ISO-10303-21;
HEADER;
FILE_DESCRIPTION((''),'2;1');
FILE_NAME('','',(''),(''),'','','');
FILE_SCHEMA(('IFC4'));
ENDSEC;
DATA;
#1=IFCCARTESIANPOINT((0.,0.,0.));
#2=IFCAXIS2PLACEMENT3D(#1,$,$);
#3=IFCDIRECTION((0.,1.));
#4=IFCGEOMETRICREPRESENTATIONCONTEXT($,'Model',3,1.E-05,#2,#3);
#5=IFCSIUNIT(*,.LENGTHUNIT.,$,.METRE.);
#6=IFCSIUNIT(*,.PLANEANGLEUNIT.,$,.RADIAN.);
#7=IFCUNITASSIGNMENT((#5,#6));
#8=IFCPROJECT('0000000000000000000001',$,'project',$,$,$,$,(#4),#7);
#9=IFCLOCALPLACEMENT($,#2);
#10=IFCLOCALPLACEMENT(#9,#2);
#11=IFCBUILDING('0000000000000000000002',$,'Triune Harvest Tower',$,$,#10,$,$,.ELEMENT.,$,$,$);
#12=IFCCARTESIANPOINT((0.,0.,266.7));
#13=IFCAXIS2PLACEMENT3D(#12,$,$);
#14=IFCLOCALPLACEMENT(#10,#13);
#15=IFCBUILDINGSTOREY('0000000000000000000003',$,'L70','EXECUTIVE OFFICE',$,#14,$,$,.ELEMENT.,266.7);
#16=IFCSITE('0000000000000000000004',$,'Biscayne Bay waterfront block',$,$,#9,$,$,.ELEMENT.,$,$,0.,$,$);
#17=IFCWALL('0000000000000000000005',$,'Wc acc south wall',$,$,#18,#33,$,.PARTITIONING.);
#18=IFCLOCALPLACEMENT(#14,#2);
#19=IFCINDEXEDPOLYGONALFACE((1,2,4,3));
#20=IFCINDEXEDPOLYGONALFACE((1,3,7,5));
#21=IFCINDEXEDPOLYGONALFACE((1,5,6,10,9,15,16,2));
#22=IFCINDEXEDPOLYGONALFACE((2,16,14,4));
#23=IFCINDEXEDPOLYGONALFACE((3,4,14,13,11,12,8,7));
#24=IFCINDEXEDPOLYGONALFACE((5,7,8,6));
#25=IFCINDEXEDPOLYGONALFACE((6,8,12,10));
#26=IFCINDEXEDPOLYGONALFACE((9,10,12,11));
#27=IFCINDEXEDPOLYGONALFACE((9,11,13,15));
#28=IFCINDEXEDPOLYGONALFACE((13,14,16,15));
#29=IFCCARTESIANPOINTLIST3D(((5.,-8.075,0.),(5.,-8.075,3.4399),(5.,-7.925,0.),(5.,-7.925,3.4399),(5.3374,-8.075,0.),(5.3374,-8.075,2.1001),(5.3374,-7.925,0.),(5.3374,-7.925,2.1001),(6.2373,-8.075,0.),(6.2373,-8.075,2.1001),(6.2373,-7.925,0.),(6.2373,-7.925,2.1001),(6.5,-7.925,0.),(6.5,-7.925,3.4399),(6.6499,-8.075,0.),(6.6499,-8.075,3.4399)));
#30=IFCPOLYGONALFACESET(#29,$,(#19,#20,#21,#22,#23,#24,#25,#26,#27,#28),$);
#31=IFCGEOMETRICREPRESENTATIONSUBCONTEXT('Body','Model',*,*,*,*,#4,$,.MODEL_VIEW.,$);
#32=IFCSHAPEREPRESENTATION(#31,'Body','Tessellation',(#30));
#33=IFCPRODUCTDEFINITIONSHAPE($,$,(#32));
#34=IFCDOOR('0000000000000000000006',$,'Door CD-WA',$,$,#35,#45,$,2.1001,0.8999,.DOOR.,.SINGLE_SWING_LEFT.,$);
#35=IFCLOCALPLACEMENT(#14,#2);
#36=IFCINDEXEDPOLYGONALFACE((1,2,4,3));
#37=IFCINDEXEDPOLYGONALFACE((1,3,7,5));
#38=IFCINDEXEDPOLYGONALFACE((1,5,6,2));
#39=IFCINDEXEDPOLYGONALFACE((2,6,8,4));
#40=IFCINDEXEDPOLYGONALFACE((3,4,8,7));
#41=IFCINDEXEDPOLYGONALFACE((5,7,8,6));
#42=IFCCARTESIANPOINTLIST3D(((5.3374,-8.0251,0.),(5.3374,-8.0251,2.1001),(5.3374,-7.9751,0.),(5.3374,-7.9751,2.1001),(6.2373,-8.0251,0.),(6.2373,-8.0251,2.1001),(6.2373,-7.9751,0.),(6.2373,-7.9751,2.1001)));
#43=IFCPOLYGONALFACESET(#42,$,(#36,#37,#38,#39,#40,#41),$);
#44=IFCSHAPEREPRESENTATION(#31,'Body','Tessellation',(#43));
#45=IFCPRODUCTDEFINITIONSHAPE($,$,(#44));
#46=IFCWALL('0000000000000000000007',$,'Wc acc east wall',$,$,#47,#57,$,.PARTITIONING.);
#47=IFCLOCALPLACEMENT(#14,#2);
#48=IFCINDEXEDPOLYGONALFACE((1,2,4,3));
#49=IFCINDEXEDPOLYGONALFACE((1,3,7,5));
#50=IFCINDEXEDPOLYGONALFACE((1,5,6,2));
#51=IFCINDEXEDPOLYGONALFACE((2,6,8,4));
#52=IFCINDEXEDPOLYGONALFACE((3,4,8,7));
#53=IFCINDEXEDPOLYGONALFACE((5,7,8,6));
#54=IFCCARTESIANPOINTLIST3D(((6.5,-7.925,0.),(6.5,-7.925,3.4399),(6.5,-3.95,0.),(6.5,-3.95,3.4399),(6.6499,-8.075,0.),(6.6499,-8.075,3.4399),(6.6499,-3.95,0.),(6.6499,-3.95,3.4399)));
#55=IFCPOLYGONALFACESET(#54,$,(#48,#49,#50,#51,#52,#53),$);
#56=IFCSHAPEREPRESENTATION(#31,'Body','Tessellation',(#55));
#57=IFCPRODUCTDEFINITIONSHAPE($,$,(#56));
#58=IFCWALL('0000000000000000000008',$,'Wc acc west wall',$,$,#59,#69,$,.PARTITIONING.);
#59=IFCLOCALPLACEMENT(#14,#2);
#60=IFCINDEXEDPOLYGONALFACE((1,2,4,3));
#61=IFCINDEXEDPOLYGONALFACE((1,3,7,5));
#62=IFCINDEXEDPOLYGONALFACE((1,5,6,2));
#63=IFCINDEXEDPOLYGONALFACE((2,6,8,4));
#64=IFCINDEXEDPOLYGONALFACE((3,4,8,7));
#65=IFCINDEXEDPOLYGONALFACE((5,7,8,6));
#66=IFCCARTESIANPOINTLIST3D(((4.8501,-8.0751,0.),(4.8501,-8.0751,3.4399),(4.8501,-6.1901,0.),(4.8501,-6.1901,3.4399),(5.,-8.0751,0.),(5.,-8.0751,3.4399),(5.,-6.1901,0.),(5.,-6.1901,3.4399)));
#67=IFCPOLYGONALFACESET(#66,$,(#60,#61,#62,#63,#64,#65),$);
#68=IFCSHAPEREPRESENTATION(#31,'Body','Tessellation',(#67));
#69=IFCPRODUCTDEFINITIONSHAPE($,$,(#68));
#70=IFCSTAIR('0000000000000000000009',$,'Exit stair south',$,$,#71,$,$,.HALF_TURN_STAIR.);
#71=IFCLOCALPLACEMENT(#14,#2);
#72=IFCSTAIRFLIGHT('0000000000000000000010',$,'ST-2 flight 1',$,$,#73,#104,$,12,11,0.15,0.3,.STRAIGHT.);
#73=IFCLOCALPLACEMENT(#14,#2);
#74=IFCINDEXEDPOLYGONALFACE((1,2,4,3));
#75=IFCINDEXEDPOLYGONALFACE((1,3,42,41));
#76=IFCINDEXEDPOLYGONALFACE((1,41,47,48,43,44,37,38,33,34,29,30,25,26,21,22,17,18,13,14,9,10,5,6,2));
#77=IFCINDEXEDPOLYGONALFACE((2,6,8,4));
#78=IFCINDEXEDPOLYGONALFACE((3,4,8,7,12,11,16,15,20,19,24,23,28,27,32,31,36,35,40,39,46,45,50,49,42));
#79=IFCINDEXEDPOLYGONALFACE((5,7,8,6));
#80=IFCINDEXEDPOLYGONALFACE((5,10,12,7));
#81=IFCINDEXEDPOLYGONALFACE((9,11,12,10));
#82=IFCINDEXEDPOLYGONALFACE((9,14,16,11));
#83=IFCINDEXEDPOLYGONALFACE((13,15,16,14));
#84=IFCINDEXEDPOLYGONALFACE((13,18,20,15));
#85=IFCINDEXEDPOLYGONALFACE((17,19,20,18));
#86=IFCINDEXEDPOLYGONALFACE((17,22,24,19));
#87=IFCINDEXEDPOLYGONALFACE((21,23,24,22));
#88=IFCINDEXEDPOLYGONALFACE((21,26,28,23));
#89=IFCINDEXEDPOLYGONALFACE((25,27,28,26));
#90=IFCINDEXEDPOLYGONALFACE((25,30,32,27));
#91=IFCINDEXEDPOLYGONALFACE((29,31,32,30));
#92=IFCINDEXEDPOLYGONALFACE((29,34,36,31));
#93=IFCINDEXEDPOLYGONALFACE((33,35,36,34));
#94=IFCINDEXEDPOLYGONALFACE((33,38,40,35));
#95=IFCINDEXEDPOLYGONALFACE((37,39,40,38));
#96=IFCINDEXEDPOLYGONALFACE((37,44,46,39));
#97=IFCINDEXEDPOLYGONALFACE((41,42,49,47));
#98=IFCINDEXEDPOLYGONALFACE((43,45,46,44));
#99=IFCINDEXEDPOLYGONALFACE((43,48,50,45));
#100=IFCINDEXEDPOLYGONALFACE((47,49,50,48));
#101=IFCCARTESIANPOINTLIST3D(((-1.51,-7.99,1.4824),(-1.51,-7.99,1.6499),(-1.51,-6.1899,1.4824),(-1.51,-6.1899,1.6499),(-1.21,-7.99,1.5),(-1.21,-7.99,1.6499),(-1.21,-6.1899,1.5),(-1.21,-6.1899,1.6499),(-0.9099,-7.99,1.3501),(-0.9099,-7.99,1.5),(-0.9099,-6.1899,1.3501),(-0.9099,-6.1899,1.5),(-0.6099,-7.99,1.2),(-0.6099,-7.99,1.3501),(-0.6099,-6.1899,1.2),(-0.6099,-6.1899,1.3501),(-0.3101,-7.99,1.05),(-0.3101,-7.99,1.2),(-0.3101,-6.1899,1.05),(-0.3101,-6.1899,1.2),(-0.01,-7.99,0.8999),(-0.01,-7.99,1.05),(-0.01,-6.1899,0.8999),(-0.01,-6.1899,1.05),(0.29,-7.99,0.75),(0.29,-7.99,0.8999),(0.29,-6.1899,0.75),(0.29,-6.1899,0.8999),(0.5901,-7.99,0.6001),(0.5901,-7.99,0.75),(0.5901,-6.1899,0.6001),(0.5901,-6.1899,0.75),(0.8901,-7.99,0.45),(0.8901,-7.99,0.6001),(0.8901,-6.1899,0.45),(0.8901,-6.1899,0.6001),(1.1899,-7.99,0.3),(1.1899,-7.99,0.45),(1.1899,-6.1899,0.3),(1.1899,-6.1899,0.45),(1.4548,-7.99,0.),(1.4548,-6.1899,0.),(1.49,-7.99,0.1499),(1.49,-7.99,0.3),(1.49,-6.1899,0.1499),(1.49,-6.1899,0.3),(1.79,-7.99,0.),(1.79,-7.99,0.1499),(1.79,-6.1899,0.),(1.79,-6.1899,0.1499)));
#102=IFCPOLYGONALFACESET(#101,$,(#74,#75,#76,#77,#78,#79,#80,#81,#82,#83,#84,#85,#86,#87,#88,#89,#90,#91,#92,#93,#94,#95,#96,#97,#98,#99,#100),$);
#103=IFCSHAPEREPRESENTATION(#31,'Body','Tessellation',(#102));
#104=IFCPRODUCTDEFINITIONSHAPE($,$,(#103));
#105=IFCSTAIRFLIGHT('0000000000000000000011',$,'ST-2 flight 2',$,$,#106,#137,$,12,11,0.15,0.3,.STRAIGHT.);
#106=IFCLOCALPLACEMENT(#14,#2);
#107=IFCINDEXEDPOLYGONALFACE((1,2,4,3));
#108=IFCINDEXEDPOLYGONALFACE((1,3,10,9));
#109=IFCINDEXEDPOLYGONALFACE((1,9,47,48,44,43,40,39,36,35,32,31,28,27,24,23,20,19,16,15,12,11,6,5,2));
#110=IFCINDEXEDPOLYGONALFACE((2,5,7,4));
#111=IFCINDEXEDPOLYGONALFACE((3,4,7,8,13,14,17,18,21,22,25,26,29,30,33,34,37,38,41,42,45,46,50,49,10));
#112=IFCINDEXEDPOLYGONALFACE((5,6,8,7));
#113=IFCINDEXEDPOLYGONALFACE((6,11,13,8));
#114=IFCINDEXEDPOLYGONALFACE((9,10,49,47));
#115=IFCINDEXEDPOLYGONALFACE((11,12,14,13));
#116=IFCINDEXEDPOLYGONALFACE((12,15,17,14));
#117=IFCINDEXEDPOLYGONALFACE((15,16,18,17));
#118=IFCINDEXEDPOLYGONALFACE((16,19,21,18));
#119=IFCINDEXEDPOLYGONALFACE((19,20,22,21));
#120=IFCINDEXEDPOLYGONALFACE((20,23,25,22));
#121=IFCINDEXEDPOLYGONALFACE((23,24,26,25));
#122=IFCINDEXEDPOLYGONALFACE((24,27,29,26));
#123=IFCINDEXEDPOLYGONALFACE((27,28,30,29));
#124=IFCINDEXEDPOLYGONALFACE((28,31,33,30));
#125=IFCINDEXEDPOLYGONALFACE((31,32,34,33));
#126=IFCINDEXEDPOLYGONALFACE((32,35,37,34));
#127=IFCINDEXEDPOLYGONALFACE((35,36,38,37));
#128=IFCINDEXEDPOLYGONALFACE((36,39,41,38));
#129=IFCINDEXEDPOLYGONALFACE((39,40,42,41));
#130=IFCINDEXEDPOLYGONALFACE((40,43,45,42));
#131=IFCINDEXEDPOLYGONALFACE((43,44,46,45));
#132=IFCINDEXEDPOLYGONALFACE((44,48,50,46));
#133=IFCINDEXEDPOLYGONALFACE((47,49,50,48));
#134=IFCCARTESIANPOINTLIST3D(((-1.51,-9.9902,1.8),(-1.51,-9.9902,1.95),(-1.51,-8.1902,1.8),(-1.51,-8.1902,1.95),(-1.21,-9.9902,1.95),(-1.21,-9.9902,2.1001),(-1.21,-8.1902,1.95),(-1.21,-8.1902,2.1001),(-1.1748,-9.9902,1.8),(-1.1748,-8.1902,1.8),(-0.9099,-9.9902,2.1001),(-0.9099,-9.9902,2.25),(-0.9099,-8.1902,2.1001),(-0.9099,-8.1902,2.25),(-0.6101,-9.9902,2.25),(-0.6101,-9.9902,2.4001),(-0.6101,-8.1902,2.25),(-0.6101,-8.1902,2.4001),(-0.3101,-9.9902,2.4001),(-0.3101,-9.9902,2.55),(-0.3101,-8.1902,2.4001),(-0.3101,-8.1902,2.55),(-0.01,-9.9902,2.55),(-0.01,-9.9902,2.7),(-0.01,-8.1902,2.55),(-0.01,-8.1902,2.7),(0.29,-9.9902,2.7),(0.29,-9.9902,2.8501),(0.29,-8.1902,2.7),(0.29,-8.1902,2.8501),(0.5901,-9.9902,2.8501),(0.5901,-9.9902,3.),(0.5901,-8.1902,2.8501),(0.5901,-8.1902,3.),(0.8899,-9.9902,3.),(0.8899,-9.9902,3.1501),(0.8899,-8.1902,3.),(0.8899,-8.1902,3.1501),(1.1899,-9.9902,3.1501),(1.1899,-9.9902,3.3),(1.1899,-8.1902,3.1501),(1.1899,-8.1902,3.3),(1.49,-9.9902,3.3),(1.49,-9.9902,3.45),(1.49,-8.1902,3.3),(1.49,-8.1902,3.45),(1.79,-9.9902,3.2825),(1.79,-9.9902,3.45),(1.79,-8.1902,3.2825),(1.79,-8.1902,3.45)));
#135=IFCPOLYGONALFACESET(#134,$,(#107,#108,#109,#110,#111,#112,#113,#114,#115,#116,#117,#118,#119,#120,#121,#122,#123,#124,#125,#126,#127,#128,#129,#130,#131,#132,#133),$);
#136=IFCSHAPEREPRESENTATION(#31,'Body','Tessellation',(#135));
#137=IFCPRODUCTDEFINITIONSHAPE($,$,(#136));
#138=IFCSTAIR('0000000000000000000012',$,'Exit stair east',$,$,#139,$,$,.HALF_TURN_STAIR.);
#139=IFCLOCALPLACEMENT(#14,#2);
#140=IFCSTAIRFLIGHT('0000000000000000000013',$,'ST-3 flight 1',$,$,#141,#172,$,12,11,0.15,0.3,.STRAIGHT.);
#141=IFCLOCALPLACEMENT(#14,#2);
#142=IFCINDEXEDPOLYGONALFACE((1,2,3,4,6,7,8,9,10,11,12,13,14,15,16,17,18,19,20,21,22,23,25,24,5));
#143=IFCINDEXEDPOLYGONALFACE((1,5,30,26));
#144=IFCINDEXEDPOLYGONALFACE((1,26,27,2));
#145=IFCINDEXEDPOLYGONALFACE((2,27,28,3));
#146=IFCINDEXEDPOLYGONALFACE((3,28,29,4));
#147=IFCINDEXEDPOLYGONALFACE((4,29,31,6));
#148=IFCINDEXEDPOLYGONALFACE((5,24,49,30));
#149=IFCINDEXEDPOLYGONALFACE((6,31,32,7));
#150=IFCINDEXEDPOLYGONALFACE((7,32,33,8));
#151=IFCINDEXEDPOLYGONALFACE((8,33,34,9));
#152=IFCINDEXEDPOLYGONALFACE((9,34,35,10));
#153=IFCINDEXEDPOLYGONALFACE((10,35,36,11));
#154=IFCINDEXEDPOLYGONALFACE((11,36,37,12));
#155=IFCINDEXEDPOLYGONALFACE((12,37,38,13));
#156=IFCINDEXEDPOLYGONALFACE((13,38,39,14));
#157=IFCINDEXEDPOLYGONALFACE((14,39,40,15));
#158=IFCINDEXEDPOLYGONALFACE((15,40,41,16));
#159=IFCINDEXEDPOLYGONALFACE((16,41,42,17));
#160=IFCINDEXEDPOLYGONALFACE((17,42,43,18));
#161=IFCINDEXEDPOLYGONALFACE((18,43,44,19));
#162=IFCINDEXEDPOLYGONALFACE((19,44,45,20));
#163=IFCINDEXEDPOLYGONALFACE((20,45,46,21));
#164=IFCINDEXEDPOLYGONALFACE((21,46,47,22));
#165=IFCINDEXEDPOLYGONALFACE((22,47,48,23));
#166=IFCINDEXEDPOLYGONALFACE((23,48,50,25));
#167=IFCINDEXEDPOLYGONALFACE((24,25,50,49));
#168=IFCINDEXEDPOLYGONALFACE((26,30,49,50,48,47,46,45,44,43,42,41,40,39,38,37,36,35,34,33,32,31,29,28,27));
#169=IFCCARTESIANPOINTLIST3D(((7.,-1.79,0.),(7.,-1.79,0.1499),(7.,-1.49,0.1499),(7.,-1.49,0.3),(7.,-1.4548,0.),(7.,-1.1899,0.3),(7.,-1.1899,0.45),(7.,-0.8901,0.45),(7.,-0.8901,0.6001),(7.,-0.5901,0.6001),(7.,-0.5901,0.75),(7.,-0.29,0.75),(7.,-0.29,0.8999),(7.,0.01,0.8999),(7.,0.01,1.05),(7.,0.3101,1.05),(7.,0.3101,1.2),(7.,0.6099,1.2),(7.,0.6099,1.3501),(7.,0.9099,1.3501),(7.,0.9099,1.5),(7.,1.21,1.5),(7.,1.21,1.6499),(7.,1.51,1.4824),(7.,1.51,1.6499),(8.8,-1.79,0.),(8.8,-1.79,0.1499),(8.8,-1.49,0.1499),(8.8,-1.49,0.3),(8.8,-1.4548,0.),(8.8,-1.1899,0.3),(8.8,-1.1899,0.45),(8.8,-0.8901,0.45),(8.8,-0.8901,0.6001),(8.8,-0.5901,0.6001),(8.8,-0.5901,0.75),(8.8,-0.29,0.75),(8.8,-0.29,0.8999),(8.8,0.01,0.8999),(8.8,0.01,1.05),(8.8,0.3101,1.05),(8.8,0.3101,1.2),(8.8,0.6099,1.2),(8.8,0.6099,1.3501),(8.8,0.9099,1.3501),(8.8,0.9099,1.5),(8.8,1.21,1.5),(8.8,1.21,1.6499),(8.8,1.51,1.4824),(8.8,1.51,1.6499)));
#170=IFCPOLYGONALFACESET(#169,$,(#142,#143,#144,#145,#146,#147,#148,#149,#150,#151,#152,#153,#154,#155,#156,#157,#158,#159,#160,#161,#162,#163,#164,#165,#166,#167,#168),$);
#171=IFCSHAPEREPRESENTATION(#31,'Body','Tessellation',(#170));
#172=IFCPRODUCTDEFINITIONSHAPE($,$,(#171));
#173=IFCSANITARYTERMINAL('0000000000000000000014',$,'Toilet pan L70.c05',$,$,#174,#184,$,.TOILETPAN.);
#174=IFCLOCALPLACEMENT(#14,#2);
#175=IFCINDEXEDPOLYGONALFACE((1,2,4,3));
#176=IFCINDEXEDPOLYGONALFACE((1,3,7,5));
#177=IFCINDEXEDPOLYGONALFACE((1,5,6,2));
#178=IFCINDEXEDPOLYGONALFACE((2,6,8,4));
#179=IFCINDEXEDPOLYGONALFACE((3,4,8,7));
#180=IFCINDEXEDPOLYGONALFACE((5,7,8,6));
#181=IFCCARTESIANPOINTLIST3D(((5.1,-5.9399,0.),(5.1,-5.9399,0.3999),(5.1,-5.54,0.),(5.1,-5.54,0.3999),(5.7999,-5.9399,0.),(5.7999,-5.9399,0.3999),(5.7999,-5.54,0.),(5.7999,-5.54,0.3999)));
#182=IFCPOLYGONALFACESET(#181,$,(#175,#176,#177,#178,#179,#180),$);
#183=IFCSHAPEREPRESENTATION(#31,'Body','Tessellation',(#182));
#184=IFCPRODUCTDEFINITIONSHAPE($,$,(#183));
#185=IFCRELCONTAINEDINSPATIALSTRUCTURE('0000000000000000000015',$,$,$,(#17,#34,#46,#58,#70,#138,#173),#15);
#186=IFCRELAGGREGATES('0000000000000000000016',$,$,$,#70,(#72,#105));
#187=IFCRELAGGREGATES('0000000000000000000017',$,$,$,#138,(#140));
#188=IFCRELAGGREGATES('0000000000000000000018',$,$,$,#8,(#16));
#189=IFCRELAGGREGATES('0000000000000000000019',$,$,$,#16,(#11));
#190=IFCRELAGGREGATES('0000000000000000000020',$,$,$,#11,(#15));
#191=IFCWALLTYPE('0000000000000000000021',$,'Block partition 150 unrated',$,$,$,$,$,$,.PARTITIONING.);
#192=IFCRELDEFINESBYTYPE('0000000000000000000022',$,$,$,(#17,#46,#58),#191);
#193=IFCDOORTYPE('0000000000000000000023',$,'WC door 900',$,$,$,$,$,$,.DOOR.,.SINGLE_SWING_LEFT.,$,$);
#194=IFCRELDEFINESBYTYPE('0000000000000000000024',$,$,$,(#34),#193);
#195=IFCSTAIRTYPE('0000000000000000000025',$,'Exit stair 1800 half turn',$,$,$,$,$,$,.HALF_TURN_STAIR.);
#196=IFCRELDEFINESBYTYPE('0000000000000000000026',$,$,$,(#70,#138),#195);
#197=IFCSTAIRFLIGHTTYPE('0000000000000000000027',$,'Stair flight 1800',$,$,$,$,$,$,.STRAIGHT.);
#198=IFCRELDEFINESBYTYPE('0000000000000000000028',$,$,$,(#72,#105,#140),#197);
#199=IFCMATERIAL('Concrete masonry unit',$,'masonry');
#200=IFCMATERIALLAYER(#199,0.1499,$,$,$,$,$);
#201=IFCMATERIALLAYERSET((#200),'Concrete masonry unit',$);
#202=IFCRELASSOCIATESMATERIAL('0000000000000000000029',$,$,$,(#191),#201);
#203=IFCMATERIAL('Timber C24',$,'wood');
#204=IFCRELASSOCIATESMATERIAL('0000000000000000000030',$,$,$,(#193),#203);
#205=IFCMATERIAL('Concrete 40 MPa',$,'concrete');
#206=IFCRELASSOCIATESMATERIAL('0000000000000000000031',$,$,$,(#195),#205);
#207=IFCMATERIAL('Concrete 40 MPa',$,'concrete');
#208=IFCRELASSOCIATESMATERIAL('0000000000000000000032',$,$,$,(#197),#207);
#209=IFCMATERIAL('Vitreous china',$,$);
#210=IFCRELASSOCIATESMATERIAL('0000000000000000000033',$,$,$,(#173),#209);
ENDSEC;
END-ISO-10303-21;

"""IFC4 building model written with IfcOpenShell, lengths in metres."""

from ifc_helpers import new_model, si_unit, direction, frame, frame_2d, origin, origin_2d, place, context, subcontext, project, spatial, polyline, rectangle, outline, extrude, source, transform, mapped, material, layer, layer_set, type_object, element, fill, aggregate, save


model = new_model("IFC4")

# Units and contexts
model_context = context("Model", 3, precision=1e-05, world=origin(), true_north=direction((0.0, 1.0)))
body_context = subcontext(model_context, "Body", "Model", "MODEL_VIEW")
ifc_project = project(units=[si_unit("LENGTHUNIT", "METRE"), si_unit("PLANEANGLEUNIT", "RADIAN")], contexts=[model_context])

# Site, building, storey
site_placement = place(None, origin())
site = spatial("IfcSite", under=ifc_project, at=site_placement, Name="Biscayne Bay waterfront block", CompositionType="ELEMENT", RefElevation=0.0)
building_placement = place(site_placement, origin())
building = spatial("IfcBuilding", under=site, at=building_placement, Name="Triune Harvest Tower", CompositionType="ELEMENT")
storey_placement = place(building_placement, frame((0.0, 0.0, 266.7)))
storey = spatial("IfcBuildingStorey", under=building, at=storey_placement, Name="L70", Description="EXECUTIVE OFFICE", CompositionType="ELEMENT", Elevation=266.7)

# Wall, opening, door
ifc_material_1 = material(Name="Concrete masonry unit", Category="masonry")
ifc_layer_1 = layer(ifc_material_1, 0.1499)
ifc_layer_set_1 = layer_set([ifc_layer_1], Name="Concrete masonry unit")
wall_type_1 = type_object("IfcWallType", Name="Block partition 150 unrated", PredefinedType="PARTITIONING", material=ifc_layer_set_1)
shared_shape_1 = source(origin(), body_context, "Body", "SweptSolid", [
    extrude(outline(polyline([(0.0, -0.075), (1.6499, -0.075), (1.5, 0.075), (0.0, 0.075), (0.0, -0.075)])), origin(), (0.0, 0.0, 1.0), 3.4399),
])
wall_1_placement = place(storey_placement, frame((5.0, -8.0, 0.0), z_axis=(0.0, 0.0, 1.0), x_axis=(1.0, 0.0, 0.0)))
wall_1 = element("IfcWall", 1, at=wall_1_placement, inside=storey, type_object=wall_type_1, Name="Wc acc south wall", PredefinedType="PARTITIONING", context=body_context, shape_type="MappedRepresentation", body=[
    mapped(shared_shape_1, transform((0.0, 0.0, 0.0), scale=1.0)),
])
opening_1_placement = place(wall_1_placement, frame((0.3374, 0.0, 0.0)))
opening_1 = element("IfcOpeningElement", 2, at=opening_1_placement, cuts=wall_1, PredefinedType="OPENING", context=body_context, shape_type="SweptSolid", body=[
    extrude(rectangle(XDim=0.8999, YDim=2.1001, at=frame_2d((0.45, 1.05))), frame((0.0, 0.085, 0.0), z_axis=(0.0, -1.0, 0.0), x_axis=(1.0, 0.0, 0.0)), (0.0, 0.0, 1.0), 0.1699),
])
ifc_material_2 = material(Name="Timber C24", Category="wood")
door_type_1 = type_object("IfcDoorType", Name="WC door 900", OperationType="SINGLE_SWING_LEFT", PredefinedType="DOOR", material=ifc_material_2)
door_1_placement = place(opening_1_placement, origin())
door_1 = element("IfcDoor", 3, at=door_1_placement, inside=storey, type_object=door_type_1, Name="Door CD-WA", OperationType="SINGLE_SWING_LEFT", OverallHeight=2.1001, OverallWidth=0.8999, PredefinedType="DOOR", context=body_context, shape_type="SweptSolid", body=[
    extrude(rectangle(XDim=0.8999, YDim=2.1001, at=frame_2d((0.45, 1.05))), frame((0.0, 0.0249, 0.0), z_axis=(0.0, -1.0, 0.0), x_axis=(1.0, 0.0, 0.0)), (0.0, 0.0, 1.0), 0.05),
])
fill(opening_1, door_1)

# Walls
shared_shape_2 = source(origin(), body_context, "Body", "SweptSolid", [
    extrude(outline(polyline([(-0.075, -0.075), (4.05, -0.075), (4.05, 0.075), (0.075, 0.075), (-0.075, -0.075)])), origin(), (0.0, 0.0, 1.0), 3.4399),
])
wall_2_placement = place(storey_placement, frame((6.575, -8.0, 0.0), z_axis=(0.0, 0.0, 1.0), x_axis=(0.0, 1.0, 0.0)))
element("IfcWall", 4, at=wall_2_placement, inside=storey, type_object=wall_type_1, Name="Wc acc east wall", PredefinedType="PARTITIONING", context=body_context, shape_type="MappedRepresentation", body=[
    mapped(shared_shape_2, transform((0.0, 0.0, 0.0), scale=1.0)),
])
shared_shape_3 = source(origin(), body_context, "Body", "SweptSolid", [
    extrude(rectangle(XDim=1.885, YDim=0.1499, at=frame_2d((0.9424, 0.0))), origin(), (0.0, 0.0, 1.0), 3.4399),
])
wall_3_placement = place(storey_placement, frame((4.925, -8.075, 0.0), z_axis=(0.0, 0.0, 1.0), x_axis=(0.0, 1.0, 0.0)))
element("IfcWall", 5, at=wall_3_placement, inside=storey, type_object=wall_type_1, Name="Wc acc west wall", PredefinedType="PARTITIONING", context=body_context, shape_type="MappedRepresentation", body=[
    mapped(shared_shape_3, transform((0.0, 0.0, 0.0), scale=1.0)),
])

# Stair, stair flights
ifc_material_3 = material(Name="Concrete 40 MPa", Category="concrete")
stair_type = type_object("IfcStairType", Name="Exit stair 1800 half turn", PredefinedType="HALF_TURN_STAIR", material=ifc_material_3)
stair_1_placement = place(storey_placement, origin())
stair_1 = element("IfcStair", 6, at=stair_1_placement, inside=storey, type_object=stair_type, Name="Exit stair south", PredefinedType="HALF_TURN_STAIR")
ifc_material_4 = material(Name="Concrete 40 MPa", Category="concrete")
stair_flight_type = type_object("IfcStairFlightType", Name="Stair flight 1800", PredefinedType="STRAIGHT", material=ifc_material_4)
shared_shape_4 = source(origin(), body_context, "Body", "SweptSolid", [
    extrude(outline(polyline([(0.0, 0.0), (0.0, 0.1499), (0.3, 0.1499), (0.3, 0.3), (0.6001, 0.3), (0.6001, 0.45), (0.8999, 0.45), (0.8999, 0.6001), (1.2, 0.6001), (1.2, 0.75), (1.5, 0.75), (1.5, 0.8999), (1.8, 0.8999), (1.8, 1.05), (2.1001, 1.05), (2.1001, 1.2), (2.3999, 1.2), (2.3999, 1.3501), (2.7, 1.3501), (2.7, 1.5), (3.0, 1.5), (3.0, 1.6499), (3.3, 1.6499), (3.3, 1.8), (3.3, 1.4824), (0.3352, 0.0), (0.0, 0.0)])), frame((0.0, 0.8999, 0.0), z_axis=(0.0, -1.0, 0.0), x_axis=(1.0, 0.0, 0.0)), (0.0, 0.0, 1.0), 1.8),
])
stair_flight_1_placement = place(storey_placement, frame((1.79, -7.0901, 0.0), z_axis=(0.0, 0.0, 1.0), x_axis=(-1.0, 0.0, 0.0)))
stair_flight_1 = element("IfcStairFlight", 7, at=stair_flight_1_placement, type_object=stair_flight_type, Name="ST-2 flight 1", NumberOfRisers=12, NumberOfTreads=11, PredefinedType="STRAIGHT", RiserHeight=0.15, TreadLength=0.3, context=body_context, shape_type="MappedRepresentation", body=[
    mapped(shared_shape_4, transform((0.0, 0.0, 0.0), scale=1.0)),
])
stair_flight_2_placement = place(storey_placement, frame((-1.51, -9.0901, 1.8), z_axis=(0.0, 0.0, 1.0), x_axis=(1.0, 0.0, 0.0)))
stair_flight_2 = element("IfcStairFlight", 8, at=stair_flight_2_placement, type_object=stair_flight_type, Name="ST-2 flight 2", NumberOfRisers=12, NumberOfTreads=11, PredefinedType="STRAIGHT", RiserHeight=0.15, TreadLength=0.3, context=body_context, shape_type="MappedRepresentation", body=[
    mapped(shared_shape_4, transform((0.0, 0.0, 0.0), scale=1.0)),
])
aggregate(stair_1, [stair_flight_1, stair_flight_2])

# Stair, stair flight
stair_2_placement = place(storey_placement, origin())
stair_2 = element("IfcStair", 9, at=stair_2_placement, inside=storey, type_object=stair_type, Name="Exit stair east", PredefinedType="HALF_TURN_STAIR")
stair_flight_3_placement = place(storey_placement, frame((7.8999, -1.79, 0.0), z_axis=(0.0, 0.0, 1.0), x_axis=(0.0, 1.0, 0.0)))
stair_flight_3 = element("IfcStairFlight", 10, at=stair_flight_3_placement, type_object=stair_flight_type, Name="ST-3 flight 1", NumberOfRisers=12, NumberOfTreads=11, PredefinedType="STRAIGHT", RiserHeight=0.15, TreadLength=0.3, context=body_context, shape_type="MappedRepresentation", body=[
    mapped(shared_shape_4, transform((0.0, 0.0, 0.0), scale=1.0)),
])
aggregate(stair_2, [stair_flight_3])

# Sanitary terminal
ifc_material_5 = material(Name="Vitreous china")
shared_shape_5 = source(origin(), body_context, "Body", "SweptSolid", [
    extrude(rectangle(XDim=0.3999, YDim=0.7, at=origin_2d()), origin(), (0.0, 0.0, 1.0), 0.3999),
])
sanitary_terminal_1_placement = place(storey_placement, frame((5.45, -5.74, 0.0), z_axis=(0.0, 0.0, 1.0), x_axis=(0.0, 1.0, 0.0)))
element("IfcSanitaryTerminal", 11, at=sanitary_terminal_1_placement, inside=storey, material=ifc_material_5, Name="Toilet pan L70.c05", PredefinedType="TOILETPAN", context=body_context, shape_type="MappedRepresentation", body=[
    mapped(shared_shape_5, transform((0.0, 0.0, 0.0), scale=1.0)),
])

save(model, "model.ifc")
